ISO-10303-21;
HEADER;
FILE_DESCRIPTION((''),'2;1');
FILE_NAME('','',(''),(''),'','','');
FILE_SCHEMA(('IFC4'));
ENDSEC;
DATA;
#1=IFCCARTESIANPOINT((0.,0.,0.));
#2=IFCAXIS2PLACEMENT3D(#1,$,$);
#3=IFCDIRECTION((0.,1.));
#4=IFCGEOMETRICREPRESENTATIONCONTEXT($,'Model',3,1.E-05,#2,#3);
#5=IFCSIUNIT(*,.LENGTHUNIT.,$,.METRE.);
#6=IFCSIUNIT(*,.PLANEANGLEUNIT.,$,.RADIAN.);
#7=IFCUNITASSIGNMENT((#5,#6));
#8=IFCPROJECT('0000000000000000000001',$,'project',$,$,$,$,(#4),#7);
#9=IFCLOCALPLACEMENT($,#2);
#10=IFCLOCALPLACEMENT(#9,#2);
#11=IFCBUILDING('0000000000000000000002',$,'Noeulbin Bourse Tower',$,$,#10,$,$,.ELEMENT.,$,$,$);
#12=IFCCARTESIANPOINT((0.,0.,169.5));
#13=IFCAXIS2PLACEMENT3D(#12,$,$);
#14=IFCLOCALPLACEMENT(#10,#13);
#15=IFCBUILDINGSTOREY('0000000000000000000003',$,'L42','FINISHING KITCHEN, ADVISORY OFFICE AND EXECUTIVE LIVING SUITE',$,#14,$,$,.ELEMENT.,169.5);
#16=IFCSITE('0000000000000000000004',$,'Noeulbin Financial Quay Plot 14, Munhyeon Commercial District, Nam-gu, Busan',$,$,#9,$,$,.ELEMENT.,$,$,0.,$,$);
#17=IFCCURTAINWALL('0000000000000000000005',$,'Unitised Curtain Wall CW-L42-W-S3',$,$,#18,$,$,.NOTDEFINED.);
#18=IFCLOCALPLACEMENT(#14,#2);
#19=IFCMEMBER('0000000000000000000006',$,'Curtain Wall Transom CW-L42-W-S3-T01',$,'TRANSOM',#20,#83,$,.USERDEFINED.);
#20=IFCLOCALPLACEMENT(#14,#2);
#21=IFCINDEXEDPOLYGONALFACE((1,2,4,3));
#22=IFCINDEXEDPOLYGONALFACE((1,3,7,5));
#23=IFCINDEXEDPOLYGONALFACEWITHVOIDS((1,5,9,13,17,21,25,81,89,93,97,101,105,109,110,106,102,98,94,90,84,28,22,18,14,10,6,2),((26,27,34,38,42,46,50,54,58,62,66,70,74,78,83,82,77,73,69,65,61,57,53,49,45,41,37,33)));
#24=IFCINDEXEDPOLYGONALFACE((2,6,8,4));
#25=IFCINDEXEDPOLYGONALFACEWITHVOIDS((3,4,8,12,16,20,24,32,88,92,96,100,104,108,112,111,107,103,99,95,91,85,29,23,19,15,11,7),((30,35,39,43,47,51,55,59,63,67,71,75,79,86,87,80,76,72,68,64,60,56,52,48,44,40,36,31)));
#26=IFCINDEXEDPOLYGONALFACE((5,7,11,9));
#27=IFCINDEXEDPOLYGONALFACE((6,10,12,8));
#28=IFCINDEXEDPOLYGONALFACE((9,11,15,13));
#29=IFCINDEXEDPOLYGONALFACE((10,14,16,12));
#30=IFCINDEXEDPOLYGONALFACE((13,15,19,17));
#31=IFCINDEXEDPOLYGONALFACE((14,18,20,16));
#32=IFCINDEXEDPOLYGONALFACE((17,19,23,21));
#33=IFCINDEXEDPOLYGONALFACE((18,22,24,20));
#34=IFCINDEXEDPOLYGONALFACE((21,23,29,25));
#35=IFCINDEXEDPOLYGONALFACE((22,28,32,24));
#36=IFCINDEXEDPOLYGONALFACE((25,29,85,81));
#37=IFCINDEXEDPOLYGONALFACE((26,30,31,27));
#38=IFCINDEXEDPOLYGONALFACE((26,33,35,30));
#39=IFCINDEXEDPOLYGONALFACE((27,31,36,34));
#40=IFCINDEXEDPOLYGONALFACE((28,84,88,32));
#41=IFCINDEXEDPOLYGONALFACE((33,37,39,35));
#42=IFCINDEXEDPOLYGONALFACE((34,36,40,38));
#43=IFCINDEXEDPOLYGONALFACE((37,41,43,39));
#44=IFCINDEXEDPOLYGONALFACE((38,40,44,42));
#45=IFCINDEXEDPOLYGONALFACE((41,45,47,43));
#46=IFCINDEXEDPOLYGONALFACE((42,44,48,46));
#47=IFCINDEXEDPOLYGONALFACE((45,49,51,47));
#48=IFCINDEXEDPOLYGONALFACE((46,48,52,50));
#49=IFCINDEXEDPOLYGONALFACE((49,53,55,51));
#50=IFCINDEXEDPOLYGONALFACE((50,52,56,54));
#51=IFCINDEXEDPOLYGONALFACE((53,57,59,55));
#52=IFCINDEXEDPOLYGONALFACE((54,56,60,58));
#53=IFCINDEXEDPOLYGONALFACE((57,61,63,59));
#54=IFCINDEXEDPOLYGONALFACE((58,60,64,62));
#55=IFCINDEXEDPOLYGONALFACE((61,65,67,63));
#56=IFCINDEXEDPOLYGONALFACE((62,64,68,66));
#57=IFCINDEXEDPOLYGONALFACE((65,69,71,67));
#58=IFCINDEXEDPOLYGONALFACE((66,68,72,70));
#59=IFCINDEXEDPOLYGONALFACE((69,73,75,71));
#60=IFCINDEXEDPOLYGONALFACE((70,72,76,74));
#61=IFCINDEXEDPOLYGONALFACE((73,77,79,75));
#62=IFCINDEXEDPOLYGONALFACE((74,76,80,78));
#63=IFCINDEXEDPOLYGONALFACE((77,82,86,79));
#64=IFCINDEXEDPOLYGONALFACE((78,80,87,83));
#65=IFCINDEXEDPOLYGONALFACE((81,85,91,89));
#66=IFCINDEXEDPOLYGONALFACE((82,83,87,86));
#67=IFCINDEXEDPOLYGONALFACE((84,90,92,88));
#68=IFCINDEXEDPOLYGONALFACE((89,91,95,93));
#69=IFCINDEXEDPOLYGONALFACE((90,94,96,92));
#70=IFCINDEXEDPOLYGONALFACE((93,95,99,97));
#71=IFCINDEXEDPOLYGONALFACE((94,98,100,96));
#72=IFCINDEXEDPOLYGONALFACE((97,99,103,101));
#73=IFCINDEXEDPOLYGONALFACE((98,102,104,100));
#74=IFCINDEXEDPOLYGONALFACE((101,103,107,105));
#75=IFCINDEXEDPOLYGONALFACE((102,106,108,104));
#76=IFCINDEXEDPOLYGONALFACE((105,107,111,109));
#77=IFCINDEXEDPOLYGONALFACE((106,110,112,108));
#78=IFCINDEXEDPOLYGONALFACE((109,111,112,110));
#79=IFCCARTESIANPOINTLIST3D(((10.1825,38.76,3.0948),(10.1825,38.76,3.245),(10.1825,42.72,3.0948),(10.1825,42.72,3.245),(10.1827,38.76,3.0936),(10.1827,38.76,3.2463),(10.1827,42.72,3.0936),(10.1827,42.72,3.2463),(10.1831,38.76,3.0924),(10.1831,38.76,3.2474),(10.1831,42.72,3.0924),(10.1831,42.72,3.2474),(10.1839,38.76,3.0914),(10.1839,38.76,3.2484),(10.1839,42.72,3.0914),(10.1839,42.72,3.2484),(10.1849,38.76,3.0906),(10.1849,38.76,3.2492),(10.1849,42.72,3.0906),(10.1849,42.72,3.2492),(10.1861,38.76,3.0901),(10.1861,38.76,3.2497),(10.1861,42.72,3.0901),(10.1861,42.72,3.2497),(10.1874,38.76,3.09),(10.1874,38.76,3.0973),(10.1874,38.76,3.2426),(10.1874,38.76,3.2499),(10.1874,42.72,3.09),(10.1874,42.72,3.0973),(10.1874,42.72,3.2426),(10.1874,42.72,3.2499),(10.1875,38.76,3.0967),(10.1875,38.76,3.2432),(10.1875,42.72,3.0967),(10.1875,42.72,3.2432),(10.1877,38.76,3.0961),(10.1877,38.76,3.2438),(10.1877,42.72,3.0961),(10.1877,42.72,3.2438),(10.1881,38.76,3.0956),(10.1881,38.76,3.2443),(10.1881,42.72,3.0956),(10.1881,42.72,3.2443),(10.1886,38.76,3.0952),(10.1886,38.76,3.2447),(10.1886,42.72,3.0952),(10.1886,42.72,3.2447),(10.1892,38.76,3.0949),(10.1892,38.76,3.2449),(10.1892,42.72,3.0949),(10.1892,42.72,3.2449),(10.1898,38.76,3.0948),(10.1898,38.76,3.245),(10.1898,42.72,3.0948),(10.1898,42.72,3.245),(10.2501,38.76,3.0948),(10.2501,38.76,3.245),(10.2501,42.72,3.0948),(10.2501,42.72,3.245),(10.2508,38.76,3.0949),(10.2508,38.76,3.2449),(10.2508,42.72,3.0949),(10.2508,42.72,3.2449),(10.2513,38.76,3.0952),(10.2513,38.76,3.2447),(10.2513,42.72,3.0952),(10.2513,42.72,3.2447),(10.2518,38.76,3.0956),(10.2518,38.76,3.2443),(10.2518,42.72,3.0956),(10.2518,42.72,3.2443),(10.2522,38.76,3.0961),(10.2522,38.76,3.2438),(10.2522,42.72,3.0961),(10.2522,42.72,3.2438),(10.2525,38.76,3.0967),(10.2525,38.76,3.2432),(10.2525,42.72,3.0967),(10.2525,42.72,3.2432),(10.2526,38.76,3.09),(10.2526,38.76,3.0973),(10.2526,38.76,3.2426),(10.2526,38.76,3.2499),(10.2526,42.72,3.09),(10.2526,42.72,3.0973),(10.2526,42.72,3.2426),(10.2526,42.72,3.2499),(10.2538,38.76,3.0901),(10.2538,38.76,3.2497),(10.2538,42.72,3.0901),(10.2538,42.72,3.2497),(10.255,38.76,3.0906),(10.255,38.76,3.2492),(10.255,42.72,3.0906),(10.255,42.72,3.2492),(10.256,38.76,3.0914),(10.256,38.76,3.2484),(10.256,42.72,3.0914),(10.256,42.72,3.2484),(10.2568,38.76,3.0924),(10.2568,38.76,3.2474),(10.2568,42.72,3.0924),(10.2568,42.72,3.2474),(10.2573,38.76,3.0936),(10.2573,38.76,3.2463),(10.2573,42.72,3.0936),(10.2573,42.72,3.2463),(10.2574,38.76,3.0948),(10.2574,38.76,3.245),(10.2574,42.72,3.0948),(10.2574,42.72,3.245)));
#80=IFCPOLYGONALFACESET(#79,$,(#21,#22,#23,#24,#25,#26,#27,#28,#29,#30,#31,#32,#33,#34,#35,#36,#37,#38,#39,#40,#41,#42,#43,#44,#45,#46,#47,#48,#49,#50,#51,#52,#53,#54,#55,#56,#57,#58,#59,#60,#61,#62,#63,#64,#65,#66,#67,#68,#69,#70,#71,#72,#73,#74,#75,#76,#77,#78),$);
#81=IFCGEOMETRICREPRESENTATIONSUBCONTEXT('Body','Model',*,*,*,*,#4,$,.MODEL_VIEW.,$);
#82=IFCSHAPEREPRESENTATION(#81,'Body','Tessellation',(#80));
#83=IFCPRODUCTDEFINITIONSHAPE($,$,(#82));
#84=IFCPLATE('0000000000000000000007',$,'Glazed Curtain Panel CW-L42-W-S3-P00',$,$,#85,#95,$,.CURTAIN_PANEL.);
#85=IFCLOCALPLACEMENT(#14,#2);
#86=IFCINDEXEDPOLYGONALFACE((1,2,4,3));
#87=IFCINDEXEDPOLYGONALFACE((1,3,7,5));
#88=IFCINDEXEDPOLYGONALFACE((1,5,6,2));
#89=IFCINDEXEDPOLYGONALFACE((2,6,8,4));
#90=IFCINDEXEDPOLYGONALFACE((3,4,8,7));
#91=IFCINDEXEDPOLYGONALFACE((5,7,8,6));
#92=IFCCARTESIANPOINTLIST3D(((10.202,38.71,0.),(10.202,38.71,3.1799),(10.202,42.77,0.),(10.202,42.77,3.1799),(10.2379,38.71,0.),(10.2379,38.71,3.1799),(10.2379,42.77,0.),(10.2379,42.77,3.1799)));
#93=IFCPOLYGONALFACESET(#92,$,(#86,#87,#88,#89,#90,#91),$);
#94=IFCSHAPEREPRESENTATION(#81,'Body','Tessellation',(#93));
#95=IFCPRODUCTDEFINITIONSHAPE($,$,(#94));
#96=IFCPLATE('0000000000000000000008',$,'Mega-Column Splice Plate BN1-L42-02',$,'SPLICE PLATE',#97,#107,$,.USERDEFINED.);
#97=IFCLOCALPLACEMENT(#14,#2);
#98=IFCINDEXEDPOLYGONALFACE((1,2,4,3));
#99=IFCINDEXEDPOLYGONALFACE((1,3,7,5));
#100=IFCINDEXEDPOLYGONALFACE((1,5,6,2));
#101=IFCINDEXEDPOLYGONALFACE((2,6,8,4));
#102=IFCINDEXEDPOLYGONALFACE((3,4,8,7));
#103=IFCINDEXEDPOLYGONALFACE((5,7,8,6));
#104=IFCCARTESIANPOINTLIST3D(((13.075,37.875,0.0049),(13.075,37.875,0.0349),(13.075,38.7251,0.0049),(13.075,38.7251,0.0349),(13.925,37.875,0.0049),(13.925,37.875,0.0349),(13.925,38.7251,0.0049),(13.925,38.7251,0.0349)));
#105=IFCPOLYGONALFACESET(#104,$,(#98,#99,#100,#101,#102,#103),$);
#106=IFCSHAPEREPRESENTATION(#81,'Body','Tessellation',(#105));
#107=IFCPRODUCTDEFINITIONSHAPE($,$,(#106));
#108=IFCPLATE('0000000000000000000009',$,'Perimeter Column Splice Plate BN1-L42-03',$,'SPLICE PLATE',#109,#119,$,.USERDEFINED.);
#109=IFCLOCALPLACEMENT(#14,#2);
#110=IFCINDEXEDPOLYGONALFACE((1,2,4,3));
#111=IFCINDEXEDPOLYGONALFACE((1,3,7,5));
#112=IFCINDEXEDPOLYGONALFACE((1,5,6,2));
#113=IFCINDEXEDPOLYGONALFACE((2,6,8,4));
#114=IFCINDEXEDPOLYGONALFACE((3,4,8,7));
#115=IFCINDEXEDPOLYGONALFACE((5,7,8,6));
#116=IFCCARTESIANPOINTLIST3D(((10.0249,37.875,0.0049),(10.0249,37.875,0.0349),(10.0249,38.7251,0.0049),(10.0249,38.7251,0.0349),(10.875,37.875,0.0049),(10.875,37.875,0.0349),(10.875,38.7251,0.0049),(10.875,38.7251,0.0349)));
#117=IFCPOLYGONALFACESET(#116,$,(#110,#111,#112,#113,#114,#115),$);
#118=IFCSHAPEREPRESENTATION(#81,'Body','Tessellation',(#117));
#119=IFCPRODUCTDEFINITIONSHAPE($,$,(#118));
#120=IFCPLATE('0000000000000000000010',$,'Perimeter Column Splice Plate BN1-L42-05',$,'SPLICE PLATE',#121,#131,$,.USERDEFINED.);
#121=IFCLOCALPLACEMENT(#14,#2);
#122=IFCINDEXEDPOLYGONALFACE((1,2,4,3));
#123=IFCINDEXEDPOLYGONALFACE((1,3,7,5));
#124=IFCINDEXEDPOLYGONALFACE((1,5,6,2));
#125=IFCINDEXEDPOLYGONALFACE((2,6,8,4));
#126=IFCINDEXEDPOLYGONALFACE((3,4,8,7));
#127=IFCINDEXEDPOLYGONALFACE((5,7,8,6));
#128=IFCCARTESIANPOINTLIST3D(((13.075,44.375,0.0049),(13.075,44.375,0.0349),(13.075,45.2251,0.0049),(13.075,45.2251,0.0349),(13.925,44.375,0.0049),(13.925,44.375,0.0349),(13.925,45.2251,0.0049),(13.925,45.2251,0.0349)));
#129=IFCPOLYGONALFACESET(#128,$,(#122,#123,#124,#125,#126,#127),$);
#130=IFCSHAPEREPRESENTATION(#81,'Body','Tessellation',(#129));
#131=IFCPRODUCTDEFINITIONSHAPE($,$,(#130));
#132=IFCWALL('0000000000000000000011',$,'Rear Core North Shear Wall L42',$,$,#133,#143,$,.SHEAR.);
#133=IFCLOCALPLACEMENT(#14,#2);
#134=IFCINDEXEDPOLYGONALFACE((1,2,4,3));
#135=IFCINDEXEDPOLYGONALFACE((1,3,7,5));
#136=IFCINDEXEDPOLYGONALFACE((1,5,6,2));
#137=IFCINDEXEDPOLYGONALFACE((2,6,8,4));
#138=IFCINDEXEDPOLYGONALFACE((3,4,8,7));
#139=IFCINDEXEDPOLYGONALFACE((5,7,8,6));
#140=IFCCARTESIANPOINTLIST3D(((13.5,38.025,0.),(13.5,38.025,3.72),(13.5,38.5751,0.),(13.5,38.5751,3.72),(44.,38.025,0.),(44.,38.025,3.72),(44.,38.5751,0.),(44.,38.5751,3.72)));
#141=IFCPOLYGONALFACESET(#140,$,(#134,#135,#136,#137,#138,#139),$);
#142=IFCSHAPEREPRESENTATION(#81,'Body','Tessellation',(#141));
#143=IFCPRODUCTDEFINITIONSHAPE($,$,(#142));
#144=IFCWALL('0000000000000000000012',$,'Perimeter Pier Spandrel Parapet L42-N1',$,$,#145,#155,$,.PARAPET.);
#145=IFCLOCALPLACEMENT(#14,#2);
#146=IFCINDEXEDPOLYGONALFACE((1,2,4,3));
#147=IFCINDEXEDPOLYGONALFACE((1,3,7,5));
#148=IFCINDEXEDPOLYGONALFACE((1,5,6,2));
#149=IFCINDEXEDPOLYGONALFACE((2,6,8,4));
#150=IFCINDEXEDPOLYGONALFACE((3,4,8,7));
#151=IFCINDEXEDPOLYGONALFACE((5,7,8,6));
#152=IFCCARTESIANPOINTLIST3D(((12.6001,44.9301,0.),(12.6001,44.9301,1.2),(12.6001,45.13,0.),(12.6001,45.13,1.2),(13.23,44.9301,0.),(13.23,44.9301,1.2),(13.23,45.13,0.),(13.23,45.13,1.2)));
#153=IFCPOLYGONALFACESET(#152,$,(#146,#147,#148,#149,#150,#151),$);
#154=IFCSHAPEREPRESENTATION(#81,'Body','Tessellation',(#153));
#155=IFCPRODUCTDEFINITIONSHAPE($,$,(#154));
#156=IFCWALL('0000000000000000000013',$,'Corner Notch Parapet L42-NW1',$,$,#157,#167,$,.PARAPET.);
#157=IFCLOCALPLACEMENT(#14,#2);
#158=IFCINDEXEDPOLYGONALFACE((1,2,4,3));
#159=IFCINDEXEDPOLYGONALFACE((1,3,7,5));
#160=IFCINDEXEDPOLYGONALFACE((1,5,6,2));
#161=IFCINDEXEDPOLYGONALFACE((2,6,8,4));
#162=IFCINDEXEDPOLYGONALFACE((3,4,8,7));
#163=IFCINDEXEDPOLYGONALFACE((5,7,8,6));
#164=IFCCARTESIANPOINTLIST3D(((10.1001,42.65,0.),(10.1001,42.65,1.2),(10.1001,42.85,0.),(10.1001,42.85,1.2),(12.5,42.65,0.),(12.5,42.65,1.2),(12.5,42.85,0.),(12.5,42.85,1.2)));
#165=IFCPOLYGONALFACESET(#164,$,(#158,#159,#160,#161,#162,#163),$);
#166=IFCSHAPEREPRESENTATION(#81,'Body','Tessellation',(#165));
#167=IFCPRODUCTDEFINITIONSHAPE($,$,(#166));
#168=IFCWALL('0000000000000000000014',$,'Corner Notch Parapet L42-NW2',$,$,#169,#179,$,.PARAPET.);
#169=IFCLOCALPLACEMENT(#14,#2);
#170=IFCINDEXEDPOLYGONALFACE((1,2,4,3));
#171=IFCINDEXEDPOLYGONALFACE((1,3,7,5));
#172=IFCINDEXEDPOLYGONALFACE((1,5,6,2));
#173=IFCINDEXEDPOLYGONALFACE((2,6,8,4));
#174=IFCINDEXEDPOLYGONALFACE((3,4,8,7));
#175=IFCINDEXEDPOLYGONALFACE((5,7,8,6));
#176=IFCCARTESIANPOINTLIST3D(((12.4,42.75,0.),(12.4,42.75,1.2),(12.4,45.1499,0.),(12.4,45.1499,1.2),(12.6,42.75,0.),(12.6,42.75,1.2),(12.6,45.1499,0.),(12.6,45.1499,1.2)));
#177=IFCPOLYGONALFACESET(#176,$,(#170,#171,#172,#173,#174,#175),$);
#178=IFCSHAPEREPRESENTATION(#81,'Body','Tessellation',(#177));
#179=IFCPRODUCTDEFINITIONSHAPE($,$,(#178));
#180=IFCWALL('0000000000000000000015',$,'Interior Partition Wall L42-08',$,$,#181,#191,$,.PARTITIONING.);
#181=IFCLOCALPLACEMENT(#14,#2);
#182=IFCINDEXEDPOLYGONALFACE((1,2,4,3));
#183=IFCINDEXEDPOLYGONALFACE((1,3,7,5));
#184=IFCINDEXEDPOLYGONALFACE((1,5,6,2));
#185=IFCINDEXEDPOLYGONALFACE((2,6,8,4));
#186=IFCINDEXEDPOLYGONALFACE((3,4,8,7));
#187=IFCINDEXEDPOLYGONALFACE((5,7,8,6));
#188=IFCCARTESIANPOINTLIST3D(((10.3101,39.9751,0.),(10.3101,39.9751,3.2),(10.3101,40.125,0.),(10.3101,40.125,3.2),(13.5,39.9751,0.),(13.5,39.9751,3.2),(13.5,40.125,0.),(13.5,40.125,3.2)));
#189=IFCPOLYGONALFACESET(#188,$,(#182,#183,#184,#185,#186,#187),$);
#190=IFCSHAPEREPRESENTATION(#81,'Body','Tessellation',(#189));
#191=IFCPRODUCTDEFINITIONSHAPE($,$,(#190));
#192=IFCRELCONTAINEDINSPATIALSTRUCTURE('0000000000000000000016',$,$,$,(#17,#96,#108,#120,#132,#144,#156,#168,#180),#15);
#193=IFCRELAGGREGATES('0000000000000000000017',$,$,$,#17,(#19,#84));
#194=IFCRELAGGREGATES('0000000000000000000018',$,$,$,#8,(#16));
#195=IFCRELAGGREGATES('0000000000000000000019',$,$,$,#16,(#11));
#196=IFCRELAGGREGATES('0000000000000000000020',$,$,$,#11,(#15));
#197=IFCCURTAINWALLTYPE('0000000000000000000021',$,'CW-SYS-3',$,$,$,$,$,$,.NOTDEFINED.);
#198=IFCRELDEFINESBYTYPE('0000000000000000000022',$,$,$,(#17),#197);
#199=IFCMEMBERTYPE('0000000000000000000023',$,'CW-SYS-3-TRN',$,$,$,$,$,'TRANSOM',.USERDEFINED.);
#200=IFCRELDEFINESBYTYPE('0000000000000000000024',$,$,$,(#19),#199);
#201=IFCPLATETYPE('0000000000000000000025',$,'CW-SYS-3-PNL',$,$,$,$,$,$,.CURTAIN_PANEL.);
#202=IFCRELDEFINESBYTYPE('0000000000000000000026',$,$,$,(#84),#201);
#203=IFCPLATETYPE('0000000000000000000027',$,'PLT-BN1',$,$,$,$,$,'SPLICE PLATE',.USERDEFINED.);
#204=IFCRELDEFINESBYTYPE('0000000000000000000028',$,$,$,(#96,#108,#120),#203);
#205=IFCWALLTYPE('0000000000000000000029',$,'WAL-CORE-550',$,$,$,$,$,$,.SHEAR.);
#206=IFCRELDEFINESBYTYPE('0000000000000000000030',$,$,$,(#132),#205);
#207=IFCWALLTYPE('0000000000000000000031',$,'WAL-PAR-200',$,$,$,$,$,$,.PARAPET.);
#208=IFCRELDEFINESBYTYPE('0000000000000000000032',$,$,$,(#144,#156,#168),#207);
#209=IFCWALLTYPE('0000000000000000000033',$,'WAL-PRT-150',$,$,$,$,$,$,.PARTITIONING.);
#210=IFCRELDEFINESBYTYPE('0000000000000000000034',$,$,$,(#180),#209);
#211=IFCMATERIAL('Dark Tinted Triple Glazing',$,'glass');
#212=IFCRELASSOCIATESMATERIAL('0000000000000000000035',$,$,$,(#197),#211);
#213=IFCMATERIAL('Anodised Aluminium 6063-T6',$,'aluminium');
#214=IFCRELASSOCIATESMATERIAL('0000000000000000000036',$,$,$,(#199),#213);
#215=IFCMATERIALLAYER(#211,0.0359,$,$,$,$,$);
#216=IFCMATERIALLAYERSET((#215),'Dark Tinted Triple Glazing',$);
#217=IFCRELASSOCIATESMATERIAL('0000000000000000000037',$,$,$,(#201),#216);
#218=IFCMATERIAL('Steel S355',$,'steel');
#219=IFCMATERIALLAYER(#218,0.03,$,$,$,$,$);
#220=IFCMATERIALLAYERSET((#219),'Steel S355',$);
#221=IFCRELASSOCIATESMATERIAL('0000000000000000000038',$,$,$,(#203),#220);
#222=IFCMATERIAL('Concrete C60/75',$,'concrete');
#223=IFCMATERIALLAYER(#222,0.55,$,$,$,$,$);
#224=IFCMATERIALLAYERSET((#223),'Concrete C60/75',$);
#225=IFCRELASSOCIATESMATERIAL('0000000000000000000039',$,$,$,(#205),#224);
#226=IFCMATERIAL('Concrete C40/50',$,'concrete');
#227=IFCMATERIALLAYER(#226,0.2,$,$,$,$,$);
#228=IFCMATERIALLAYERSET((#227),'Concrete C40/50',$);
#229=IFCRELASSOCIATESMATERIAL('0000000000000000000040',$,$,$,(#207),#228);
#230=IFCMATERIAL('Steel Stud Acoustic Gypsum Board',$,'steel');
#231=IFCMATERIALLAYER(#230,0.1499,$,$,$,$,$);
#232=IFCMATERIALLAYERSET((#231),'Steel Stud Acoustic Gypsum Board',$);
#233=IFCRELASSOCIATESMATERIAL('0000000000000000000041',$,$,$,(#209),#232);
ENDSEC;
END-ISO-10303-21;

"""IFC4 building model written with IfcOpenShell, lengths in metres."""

from ifc_helpers import new_model, si_unit, direction, frame, frame_2d, origin, origin_2d, place, context, subcontext, project, spatial, rectangle, hollow_rectangle, extrude, material, layer, layer_set, material_profile, profile_set, type_object, element, aggregate, save


model = new_model("IFC4")

# Units and contexts
model_context = context("Model", 3, precision=1e-05, world=origin(), true_north=direction((0.0, 1.0)))
body_context = subcontext(model_context, "Body", "Model", "MODEL_VIEW")
ifc_project = project(units=[si_unit("LENGTHUNIT", "METRE"), si_unit("PLANEANGLEUNIT", "RADIAN")], contexts=[model_context])

# Site, building, storey
site_placement = place(None, origin())
site = spatial("IfcSite", under=ifc_project, at=site_placement, Name="Noeulbin Financial Quay Plot 14, Munhyeon Commercial District, Nam-gu, Busan", CompositionType="ELEMENT", RefElevation=0.0)
building_placement = place(site_placement, origin())
building = spatial("IfcBuilding", under=site, at=building_placement, Name="Noeulbin Bourse Tower", CompositionType="ELEMENT")
storey_placement = place(building_placement, frame((0.0, 0.0, 169.5)))
storey = spatial("IfcBuildingStorey", under=building, at=storey_placement, Name="L42", Description="FINISHING KITCHEN, ADVISORY OFFICE AND EXECUTIVE LIVING SUITE", CompositionType="ELEMENT", Elevation=169.5)

# Shared definitions
ifc_material_1 = material(Name="Steel S355", Category="steel")

# Shared definitions
ifc_material_2 = material(Name="Dark Tinted Triple Glazing", Category="glass")
curtain_wall_type = type_object("IfcCurtainWallType", Name="CW-SYS-3", PredefinedType="NOTDEFINED", material=ifc_material_2)
ifc_material_3 = material(Name="Anodised Aluminium 6063-T6", Category="aluminium")

# Curtain wall
curtain_wall_1_placement = place(storey_placement, origin())
curtain_wall_1 = element("IfcCurtainWall", 1, at=curtain_wall_1_placement, inside=storey, type_object=curtain_wall_type, Name="Unitised Curtain Wall CW-L42-W-S3", PredefinedType="NOTDEFINED")

# Member
ifc_material_profile_1 = material_profile(ifc_material_3, hollow_rectangle(XDim=0.075, YDim=0.1599, WallThickness=0.0049, InnerFilletRadius=0.0024, OuterFilletRadius=0.0049, at=origin_2d()), Name="ALU-TRAN-75x160x5", Category="LoadBearing")
ifc_profile_set_1 = profile_set([ifc_material_profile_1], Name="Anodised Aluminium 6063-T6")
member_type_1 = type_object("IfcMemberType", Name="CW-SYS-3-TRN", ElementType="TRANSOM", PredefinedType="USERDEFINED", material=ifc_profile_set_1)
member_1_placement = place(storey_placement, frame((10.22, 38.76, 3.1699), z_axis=(0.0, 1.0, 0.0), x_axis=(-1.0, 0.0, 0.0)))
member_1 = element("IfcMember", 2, at=member_1_placement, type_object=member_type_1, Name="Curtain Wall Transom CW-L42-W-S3-T01", ObjectType="TRANSOM", PredefinedType="USERDEFINED", context=body_context, shape_type="SweptSolid", body=[
    extrude(hollow_rectangle(XDim=0.075, YDim=0.1599, WallThickness=0.0049, InnerFilletRadius=0.0024, OuterFilletRadius=0.0049, at=origin_2d()), origin(), (0.0, 0.0, 1.0), 3.96),
])

# Plate
ifc_layer_1 = layer(ifc_material_2, 0.0359)
ifc_layer_set_1 = layer_set([ifc_layer_1], Name="Dark Tinted Triple Glazing")
plate_type_1 = type_object("IfcPlateType", Name="CW-SYS-3-PNL", PredefinedType="CURTAIN_PANEL", material=ifc_layer_set_1)
plate_placement = place(storey_placement, frame((10.22, 40.74, 0.0), z_axis=(0.0, 0.0, 1.0), x_axis=(0.0, 1.0, 0.0)))
plate = element("IfcPlate", 3, at=plate_placement, type_object=plate_type_1, Name="Glazed Curtain Panel CW-L42-W-S3-P00", PredefinedType="CURTAIN_PANEL", context=body_context, shape_type="SweptSolid", body=[
    extrude(rectangle(XDim=4.0601, YDim=0.0359, at=origin_2d()), origin(), (0.0, 0.0, 1.0), 3.1799),
])
aggregate(curtain_wall_1, [member_1, plate])

# Plates
ifc_layer_2 = layer(ifc_material_1, 0.03)
ifc_layer_set_2 = layer_set([ifc_layer_2], Name="Steel S355")
plate_type_2 = type_object("IfcPlateType", Name="PLT-BN1", ElementType="SPLICE PLATE", PredefinedType="USERDEFINED", material=ifc_layer_set_2)
for number, where, z_axis, x_axis, name in (
    (4, (13.5, 38.3, 0.0049), (0.0, 0.0, 1.0), (1.0, 0.0, 0.0), "Mega-Column Splice Plate BN1-L42-02"),
    (5, (10.45, 38.3, 0.0049), (0.0, 0.0, 1.0), (1.0, 0.0, 0.0), "Perimeter Column Splice Plate BN1-L42-03"),
    (6, (13.5, 44.8, 0.0049), (0.0, 0.0, 1.0), (1.0, 0.0, 0.0), "Perimeter Column Splice Plate BN1-L42-05"),
):
    element("IfcPlate", number, at=place(storey_placement, frame(where, z_axis=z_axis, x_axis=x_axis)), inside=storey, type_object=plate_type_2, Name=name, ObjectType="SPLICE PLATE", PredefinedType="USERDEFINED", context=body_context, shape_type="SweptSolid", body=[
        extrude(rectangle(XDim=0.8501, YDim=0.8501, at=origin_2d()), origin(), (0.0, 0.0, 1.0), 0.03),
    ])

# Walls
ifc_material_4 = material(Name="Concrete C60/75", Category="concrete")
ifc_layer_3 = layer(ifc_material_4, 0.55)
ifc_layer_set_3 = layer_set([ifc_layer_3], Name="Concrete C60/75")
wall_type_1 = type_object("IfcWallType", Name="WAL-CORE-550", PredefinedType="SHEAR", material=ifc_layer_set_3)
wall_1_placement = place(storey_placement, frame((13.5, 38.3, 0.0), z_axis=(0.0, 0.0, 1.0), x_axis=(1.0, 0.0, 0.0)))
element("IfcWall", 7, at=wall_1_placement, inside=storey, type_object=wall_type_1, Name="Rear Core North Shear Wall L42", PredefinedType="SHEAR", context=body_context, shape_type="SweptSolid", body=[
    extrude(rectangle(XDim=30.5, YDim=0.55, at=frame_2d((15.25, 0.0))), origin(), (0.0, 0.0, 1.0), 3.72),
])
ifc_material_5 = material(Name="Concrete C40/50", Category="concrete")
ifc_layer_4 = layer(ifc_material_5, 0.2)
ifc_layer_set_4 = layer_set([ifc_layer_4], Name="Concrete C40/50")
wall_type_2 = type_object("IfcWallType", Name="WAL-PAR-200", PredefinedType="PARAPET", material=ifc_layer_set_4)
wall_2_placement = place(storey_placement, frame((12.6001, 45.03, 0.0), z_axis=(0.0, 0.0, 1.0), x_axis=(1.0, 0.0, 0.0)))
element("IfcWall", 8, at=wall_2_placement, inside=storey, type_object=wall_type_2, Name="Perimeter Pier Spandrel Parapet L42-N1", PredefinedType="PARAPET", context=body_context, shape_type="SweptSolid", body=[
    extrude(rectangle(XDim=0.6299, YDim=0.2, at=frame_2d((0.3149, 0.0))), origin(), (0.0, 0.0, 1.0), 1.2),
])
for number, where, z_axis, x_axis, name in (
    (9, (10.1001, 42.75, 0.0), (0.0, 0.0, 1.0), (1.0, 0.0, 0.0), "Corner Notch Parapet L42-NW1"),
    (10, (12.5, 42.75, 0.0), (0.0, 0.0, 1.0), (0.0, 1.0, 0.0), "Corner Notch Parapet L42-NW2"),
):
    element("IfcWall", number, at=place(storey_placement, frame(where, z_axis=z_axis, x_axis=x_axis)), inside=storey, type_object=wall_type_2, Name=name, PredefinedType="PARAPET", context=body_context, shape_type="SweptSolid", body=[
        extrude(rectangle(XDim=2.3999, YDim=0.2, at=frame_2d((1.2, 0.0))), origin(), (0.0, 0.0, 1.0), 1.2),
    ])
ifc_material_6 = material(Name="Steel Stud Acoustic Gypsum Board", Category="steel")
ifc_layer_5 = layer(ifc_material_6, 0.1499)
ifc_layer_set_5 = layer_set([ifc_layer_5], Name="Steel Stud Acoustic Gypsum Board")
wall_type_3 = type_object("IfcWallType", Name="WAL-PRT-150", PredefinedType="PARTITIONING", material=ifc_layer_set_5)
wall_3_placement = place(storey_placement, frame((10.3101, 40.05, 0.0), z_axis=(0.0, 0.0, 1.0), x_axis=(1.0, 0.0, 0.0)))
element("IfcWall", 11, at=wall_3_placement, inside=storey, type_object=wall_type_3, Name="Interior Partition Wall L42-08", PredefinedType="PARTITIONING", context=body_context, shape_type="SweptSolid", body=[
    extrude(rectangle(XDim=3.1899, YDim=0.1499, at=frame_2d((1.595, 0.0))), origin(), (0.0, 0.0, 1.0), 3.2),
])

save(model, "model.ifc")
